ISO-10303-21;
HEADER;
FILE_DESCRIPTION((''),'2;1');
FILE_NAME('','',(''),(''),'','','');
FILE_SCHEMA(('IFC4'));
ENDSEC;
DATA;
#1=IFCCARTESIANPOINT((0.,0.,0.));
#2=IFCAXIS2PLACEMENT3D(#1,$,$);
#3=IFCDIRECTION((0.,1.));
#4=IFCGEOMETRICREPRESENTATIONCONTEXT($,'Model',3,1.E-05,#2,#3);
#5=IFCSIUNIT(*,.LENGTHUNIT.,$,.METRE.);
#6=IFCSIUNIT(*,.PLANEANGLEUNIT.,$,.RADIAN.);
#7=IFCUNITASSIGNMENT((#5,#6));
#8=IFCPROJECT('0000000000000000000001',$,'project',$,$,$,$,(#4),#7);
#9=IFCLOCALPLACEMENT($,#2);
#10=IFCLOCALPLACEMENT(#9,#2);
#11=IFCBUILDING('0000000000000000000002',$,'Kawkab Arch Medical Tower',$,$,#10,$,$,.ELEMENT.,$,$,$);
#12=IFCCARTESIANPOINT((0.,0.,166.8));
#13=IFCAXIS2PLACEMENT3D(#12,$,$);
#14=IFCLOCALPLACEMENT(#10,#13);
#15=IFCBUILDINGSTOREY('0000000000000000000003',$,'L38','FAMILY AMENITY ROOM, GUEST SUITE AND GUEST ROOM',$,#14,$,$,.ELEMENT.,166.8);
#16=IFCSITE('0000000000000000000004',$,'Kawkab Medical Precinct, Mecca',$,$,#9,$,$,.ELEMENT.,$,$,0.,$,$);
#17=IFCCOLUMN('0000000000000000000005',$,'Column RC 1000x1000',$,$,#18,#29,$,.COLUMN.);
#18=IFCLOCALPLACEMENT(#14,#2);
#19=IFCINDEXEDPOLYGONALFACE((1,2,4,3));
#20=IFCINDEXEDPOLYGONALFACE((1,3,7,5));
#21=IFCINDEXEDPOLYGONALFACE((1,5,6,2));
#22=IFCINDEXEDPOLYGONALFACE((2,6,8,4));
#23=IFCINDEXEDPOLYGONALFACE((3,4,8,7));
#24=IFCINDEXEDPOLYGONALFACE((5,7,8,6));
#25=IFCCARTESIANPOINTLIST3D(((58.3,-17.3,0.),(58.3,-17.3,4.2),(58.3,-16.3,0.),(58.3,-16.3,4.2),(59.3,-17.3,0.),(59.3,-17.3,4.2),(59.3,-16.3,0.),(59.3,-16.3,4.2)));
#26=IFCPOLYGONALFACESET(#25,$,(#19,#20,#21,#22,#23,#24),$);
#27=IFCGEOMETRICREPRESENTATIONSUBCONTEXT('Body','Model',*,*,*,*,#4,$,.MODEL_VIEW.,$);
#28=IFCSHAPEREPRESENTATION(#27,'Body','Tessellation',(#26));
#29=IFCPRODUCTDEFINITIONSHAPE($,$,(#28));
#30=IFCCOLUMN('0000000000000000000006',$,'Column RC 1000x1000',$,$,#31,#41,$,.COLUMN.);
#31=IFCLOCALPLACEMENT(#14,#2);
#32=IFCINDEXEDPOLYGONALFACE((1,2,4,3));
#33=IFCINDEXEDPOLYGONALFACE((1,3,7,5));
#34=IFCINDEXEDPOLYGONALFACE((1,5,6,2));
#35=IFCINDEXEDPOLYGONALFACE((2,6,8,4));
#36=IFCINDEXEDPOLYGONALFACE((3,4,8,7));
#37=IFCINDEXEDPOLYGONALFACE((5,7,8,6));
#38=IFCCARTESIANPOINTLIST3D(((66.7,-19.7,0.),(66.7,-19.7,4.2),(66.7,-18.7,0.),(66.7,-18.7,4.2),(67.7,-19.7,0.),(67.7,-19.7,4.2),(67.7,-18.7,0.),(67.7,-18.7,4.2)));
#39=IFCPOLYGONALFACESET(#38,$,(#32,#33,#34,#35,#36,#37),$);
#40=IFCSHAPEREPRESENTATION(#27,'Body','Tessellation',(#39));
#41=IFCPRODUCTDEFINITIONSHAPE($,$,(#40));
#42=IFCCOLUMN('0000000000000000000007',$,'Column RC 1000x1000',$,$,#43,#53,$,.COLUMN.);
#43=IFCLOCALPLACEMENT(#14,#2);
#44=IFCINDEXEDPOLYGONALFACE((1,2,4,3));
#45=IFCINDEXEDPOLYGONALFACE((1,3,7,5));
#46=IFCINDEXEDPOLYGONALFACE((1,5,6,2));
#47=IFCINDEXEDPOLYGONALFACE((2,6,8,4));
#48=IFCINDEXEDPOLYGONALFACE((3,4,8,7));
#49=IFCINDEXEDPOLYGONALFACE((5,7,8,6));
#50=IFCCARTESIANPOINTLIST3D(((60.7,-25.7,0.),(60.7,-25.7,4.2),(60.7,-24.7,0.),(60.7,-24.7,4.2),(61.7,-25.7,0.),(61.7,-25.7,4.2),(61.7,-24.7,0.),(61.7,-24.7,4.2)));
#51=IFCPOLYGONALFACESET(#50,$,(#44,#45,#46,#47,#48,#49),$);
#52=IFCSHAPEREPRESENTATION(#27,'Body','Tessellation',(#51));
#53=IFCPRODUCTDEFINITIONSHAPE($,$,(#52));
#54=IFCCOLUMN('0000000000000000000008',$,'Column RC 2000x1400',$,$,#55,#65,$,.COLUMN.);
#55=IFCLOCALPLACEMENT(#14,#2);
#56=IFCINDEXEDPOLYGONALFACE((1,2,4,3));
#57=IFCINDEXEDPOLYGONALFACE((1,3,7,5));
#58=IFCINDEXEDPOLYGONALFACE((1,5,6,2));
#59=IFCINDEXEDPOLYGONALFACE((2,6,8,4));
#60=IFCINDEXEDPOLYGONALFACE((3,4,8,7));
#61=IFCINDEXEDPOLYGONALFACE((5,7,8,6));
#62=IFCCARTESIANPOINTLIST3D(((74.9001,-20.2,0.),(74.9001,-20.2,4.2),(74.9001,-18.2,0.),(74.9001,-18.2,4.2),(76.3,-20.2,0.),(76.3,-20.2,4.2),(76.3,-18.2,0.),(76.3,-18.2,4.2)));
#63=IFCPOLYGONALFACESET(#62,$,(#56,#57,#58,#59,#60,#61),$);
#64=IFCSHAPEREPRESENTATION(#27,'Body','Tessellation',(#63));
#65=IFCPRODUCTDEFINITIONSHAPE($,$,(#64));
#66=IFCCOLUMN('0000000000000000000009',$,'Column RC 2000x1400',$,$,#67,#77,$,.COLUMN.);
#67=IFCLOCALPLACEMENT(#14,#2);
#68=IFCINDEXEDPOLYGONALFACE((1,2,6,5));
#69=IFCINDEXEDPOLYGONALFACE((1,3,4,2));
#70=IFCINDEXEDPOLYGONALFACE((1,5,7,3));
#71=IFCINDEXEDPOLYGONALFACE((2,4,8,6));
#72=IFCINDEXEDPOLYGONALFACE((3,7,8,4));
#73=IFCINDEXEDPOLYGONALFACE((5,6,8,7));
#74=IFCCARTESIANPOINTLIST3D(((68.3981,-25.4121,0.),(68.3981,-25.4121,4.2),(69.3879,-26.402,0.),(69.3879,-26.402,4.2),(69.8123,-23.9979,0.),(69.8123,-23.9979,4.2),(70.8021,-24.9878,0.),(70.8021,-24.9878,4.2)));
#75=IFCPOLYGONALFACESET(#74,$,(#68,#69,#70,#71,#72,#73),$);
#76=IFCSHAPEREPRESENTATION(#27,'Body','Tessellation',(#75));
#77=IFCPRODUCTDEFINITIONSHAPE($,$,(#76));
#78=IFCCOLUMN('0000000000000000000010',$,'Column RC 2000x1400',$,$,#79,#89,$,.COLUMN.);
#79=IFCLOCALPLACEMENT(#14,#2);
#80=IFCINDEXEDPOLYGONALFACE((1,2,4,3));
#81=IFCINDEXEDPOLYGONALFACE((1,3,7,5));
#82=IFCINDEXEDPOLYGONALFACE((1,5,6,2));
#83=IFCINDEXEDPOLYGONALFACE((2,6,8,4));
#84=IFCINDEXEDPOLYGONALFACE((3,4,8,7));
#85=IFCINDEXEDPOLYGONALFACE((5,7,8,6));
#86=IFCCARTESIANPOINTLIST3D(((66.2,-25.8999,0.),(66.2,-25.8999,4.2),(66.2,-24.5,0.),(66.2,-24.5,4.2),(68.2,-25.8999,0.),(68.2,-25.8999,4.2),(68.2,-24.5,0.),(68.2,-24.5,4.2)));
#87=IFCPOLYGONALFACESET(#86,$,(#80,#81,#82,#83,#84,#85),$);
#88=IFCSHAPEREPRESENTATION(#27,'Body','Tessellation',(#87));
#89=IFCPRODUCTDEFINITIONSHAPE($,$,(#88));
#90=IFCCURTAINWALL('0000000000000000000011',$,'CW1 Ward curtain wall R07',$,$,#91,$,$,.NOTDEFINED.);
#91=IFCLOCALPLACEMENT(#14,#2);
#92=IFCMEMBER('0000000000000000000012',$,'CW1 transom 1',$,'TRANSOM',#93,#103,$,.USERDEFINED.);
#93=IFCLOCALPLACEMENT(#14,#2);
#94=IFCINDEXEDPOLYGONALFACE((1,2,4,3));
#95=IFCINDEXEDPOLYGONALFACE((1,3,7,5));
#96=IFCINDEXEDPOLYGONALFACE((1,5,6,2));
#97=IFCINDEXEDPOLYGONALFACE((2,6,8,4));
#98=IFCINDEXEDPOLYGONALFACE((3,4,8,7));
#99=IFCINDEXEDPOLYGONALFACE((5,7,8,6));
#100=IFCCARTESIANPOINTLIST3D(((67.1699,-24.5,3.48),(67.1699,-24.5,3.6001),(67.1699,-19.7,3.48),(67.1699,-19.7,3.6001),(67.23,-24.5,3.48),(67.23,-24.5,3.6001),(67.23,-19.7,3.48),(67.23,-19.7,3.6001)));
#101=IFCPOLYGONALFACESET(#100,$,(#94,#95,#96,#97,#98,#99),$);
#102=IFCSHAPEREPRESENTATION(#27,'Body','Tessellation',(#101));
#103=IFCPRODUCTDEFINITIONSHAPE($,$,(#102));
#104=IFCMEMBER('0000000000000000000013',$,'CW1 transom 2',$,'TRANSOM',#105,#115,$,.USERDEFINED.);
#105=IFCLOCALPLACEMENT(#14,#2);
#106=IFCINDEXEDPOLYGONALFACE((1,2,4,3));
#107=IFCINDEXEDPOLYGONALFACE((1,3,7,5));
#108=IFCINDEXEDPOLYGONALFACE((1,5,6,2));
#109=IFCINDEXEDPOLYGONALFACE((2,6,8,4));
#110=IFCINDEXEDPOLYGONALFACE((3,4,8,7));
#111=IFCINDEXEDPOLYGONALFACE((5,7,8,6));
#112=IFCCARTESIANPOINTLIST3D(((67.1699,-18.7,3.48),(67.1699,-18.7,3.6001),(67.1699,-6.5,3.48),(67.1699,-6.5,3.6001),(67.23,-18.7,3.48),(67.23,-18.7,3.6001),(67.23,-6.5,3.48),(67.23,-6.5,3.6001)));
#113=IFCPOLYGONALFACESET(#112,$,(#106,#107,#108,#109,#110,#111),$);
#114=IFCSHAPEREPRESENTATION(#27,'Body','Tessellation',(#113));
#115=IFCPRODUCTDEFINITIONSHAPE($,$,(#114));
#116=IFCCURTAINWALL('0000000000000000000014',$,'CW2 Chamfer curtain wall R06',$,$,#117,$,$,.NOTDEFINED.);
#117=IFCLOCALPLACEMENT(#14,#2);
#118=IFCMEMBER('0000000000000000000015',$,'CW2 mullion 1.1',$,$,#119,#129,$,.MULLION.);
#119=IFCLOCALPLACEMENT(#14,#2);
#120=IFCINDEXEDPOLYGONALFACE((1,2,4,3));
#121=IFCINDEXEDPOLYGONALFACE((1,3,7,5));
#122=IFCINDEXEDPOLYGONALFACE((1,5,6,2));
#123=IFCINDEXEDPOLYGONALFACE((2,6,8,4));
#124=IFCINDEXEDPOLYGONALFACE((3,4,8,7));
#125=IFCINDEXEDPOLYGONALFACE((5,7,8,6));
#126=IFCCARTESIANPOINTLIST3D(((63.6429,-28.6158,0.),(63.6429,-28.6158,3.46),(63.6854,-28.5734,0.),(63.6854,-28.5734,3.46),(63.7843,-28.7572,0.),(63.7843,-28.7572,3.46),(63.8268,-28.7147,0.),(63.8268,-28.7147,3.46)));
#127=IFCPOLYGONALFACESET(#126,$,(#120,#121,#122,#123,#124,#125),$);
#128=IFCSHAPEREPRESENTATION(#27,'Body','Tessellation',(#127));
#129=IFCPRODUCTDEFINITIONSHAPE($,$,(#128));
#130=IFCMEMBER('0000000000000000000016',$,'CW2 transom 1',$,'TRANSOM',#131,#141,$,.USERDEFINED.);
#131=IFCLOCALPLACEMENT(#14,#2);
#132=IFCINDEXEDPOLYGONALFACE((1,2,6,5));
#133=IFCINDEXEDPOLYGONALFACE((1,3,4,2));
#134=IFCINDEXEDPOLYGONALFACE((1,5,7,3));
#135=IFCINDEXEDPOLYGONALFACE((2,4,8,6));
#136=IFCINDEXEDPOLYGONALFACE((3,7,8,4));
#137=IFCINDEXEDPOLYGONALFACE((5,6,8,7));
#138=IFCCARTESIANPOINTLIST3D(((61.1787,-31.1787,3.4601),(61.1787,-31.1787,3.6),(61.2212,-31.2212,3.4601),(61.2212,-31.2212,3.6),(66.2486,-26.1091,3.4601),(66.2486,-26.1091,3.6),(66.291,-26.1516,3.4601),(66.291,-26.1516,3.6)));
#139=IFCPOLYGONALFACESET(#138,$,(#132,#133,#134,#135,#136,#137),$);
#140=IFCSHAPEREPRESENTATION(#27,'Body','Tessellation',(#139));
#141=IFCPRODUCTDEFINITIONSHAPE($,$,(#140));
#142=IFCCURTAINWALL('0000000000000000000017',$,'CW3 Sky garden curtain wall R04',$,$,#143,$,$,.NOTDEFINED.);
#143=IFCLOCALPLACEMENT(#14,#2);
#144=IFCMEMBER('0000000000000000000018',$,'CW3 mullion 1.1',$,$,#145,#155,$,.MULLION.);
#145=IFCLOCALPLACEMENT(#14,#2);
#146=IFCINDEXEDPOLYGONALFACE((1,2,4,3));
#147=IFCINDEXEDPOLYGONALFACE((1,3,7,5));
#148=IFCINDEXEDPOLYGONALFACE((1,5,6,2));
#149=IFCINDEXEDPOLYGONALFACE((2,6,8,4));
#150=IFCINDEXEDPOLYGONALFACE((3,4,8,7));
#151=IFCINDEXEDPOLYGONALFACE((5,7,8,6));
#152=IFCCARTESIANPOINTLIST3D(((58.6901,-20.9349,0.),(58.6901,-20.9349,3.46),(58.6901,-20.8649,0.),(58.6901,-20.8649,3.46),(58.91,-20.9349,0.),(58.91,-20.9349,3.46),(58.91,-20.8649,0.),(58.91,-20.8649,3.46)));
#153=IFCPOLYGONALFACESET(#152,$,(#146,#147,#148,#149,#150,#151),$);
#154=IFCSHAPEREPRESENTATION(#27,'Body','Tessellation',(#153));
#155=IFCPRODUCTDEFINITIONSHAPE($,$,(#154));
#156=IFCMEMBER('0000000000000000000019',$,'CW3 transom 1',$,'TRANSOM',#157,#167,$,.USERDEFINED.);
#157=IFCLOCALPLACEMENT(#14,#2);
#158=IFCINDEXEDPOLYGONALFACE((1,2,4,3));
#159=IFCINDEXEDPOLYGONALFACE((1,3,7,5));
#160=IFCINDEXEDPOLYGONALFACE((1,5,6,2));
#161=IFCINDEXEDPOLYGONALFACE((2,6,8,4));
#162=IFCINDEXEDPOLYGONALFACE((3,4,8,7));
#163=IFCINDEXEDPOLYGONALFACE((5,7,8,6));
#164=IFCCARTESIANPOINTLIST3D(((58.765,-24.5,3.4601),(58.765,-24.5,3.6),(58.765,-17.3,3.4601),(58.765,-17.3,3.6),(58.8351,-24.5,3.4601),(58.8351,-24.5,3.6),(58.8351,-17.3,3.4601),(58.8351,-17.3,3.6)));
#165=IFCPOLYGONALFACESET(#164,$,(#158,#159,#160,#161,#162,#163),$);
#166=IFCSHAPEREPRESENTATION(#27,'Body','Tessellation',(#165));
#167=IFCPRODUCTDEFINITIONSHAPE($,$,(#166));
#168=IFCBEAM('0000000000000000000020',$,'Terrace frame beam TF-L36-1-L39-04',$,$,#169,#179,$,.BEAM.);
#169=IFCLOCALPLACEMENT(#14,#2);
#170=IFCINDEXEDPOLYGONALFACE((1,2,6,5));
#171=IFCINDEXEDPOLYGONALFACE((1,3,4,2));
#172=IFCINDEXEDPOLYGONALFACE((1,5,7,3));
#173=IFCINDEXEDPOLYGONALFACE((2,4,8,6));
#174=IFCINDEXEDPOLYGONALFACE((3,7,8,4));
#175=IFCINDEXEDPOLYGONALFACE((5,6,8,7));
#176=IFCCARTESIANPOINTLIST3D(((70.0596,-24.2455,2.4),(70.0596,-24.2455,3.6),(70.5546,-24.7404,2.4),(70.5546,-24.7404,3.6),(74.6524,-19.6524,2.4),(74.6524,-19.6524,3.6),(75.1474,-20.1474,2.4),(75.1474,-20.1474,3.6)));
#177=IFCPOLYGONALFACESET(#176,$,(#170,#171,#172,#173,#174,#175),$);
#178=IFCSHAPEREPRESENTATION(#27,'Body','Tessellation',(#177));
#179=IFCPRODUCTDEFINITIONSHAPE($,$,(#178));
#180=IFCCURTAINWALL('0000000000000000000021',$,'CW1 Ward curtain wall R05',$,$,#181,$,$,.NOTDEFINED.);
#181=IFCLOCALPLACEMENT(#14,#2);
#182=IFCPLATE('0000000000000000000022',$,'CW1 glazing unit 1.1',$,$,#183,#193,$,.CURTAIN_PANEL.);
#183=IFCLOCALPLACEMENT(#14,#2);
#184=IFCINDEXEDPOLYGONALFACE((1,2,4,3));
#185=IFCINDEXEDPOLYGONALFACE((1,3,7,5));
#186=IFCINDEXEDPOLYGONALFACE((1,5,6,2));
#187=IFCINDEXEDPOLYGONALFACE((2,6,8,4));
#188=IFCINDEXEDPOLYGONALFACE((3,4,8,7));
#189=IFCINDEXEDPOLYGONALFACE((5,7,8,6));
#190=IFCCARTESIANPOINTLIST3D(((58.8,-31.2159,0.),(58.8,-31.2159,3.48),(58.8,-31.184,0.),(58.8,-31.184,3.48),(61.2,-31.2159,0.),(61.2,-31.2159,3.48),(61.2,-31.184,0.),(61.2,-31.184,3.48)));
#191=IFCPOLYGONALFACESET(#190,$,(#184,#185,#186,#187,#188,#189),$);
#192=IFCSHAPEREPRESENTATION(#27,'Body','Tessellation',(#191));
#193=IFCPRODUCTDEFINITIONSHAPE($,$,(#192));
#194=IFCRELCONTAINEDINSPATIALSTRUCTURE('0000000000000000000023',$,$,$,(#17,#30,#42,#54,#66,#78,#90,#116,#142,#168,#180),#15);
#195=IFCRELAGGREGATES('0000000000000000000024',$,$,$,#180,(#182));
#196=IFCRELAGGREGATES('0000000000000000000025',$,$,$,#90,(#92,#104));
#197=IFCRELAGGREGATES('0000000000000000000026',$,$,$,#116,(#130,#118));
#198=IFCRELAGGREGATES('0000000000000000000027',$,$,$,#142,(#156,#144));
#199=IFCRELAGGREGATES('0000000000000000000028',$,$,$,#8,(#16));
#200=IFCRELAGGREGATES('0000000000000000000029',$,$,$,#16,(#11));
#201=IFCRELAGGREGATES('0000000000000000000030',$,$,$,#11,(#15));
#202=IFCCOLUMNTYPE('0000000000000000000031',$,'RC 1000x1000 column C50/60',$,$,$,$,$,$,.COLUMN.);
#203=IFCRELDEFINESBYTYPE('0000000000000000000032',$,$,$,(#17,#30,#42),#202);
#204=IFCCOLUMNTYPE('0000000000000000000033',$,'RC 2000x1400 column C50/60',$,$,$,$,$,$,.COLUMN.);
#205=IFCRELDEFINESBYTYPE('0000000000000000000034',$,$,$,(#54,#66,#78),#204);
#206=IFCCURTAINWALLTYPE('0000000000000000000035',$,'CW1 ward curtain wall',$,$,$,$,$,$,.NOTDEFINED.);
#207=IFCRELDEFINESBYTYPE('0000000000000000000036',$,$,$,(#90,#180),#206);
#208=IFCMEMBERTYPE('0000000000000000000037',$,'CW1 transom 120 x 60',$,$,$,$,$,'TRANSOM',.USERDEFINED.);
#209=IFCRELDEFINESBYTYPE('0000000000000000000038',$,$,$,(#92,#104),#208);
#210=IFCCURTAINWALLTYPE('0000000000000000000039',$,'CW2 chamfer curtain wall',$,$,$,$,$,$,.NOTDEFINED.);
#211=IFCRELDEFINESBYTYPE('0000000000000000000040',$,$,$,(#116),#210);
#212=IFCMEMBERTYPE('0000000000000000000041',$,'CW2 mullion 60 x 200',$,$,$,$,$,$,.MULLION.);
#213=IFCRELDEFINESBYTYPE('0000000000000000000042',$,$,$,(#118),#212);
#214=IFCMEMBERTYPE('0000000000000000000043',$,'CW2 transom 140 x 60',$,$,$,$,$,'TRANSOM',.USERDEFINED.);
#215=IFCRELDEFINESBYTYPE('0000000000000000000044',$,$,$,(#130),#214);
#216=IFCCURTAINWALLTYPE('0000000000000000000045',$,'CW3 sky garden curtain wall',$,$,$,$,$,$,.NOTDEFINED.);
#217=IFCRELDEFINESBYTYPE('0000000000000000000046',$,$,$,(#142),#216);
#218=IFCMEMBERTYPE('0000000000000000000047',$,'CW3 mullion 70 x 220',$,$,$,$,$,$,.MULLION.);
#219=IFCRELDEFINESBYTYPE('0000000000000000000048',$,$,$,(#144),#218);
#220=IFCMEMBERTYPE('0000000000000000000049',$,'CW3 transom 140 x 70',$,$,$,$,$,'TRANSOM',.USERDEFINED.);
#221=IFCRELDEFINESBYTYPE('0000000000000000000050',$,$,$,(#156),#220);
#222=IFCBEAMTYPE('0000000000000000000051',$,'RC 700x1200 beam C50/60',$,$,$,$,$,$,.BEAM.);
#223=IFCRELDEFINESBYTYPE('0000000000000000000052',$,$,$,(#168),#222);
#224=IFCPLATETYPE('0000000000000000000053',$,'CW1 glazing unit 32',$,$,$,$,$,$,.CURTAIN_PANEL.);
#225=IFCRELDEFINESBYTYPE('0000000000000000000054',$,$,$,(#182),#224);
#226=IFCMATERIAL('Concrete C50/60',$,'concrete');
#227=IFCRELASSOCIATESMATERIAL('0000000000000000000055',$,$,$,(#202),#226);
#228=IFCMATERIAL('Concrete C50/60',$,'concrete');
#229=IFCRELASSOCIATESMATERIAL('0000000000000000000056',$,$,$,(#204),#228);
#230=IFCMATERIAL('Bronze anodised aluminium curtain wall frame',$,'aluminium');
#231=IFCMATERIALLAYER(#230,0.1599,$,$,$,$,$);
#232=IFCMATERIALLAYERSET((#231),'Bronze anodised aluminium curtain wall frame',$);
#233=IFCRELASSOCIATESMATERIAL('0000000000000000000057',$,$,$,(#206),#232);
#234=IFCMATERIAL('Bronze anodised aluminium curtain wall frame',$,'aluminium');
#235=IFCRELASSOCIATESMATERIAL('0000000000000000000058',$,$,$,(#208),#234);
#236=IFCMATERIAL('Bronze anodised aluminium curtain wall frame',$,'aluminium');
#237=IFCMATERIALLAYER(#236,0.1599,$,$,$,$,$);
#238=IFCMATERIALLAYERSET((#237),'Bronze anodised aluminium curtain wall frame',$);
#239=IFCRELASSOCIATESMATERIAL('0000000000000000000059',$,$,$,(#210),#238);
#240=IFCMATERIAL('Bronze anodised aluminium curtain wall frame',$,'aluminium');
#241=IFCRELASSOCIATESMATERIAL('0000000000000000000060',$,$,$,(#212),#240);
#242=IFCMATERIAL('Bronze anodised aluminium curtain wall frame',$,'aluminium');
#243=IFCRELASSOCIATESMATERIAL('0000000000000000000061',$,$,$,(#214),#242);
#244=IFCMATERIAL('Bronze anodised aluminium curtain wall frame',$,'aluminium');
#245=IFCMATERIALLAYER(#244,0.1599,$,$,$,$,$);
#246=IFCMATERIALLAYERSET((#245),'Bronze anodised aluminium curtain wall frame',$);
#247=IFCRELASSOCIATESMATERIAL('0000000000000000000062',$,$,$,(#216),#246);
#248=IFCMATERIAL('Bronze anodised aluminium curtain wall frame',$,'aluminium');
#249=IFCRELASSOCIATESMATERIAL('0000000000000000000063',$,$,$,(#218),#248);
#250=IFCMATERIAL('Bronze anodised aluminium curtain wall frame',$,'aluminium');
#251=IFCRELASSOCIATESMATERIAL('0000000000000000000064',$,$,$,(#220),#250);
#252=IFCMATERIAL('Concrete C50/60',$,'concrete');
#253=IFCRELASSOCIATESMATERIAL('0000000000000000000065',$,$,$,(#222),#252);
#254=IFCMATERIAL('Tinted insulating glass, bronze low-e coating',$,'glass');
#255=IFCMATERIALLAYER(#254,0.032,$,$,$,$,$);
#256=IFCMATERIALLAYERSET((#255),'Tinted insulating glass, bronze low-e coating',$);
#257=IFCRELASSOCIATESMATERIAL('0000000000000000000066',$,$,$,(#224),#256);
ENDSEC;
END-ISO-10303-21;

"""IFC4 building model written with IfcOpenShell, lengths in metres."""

from ifc_helpers import new_model, si_unit, direction, frame, origin, origin_2d, place, context, subcontext, project, spatial, rectangle, extrude, material, layer, layer_set, material_profile, profile_set, type_object, element, aggregate, save


model = new_model("IFC4")

# Units and contexts
model_context = context("Model", 3, precision=1e-05, world=origin(), true_north=direction((0.0, 1.0)))
body_context = subcontext(model_context, "Body", "Model", "MODEL_VIEW")
ifc_project = project(units=[si_unit("LENGTHUNIT", "METRE"), si_unit("PLANEANGLEUNIT", "RADIAN")], contexts=[model_context])

# Site, building, storey
site_placement = place(None, origin())
site = spatial("IfcSite", under=ifc_project, at=site_placement, Name="Kawkab Medical Precinct, Mecca", CompositionType="ELEMENT", RefElevation=0.0)
building_placement = place(site_placement, origin())
building = spatial("IfcBuilding", under=site, at=building_placement, Name="Kawkab Arch Medical Tower", CompositionType="ELEMENT")
storey_placement = place(building_placement, frame((0.0, 0.0, 166.8)))
storey = spatial("IfcBuildingStorey", under=building, at=storey_placement, Name="L38", Description="FAMILY AMENITY ROOM, GUEST SUITE AND GUEST ROOM", CompositionType="ELEMENT", Elevation=166.8)

# Columns
ifc_material_1 = material(Name="Concrete C50/60", Category="concrete")
ifc_material_profile_1 = material_profile(ifc_material_1, rectangle(XDim=1.0, YDim=1.0, at=origin_2d()), Name="RC 1000x1000")
ifc_profile_set_1 = profile_set([ifc_material_profile_1], Name="Concrete C50/60")
column_type_1 = type_object("IfcColumnType", Name="RC 1000x1000 column C50/60", PredefinedType="COLUMN", material=ifc_profile_set_1)
for number, where, z_axis, x_axis, name in (
    (1, (58.8, -16.8, 0.0), (0.0, 0.0, 1.0), (1.0, 0.0, 0.0), "Column RC 1000x1000"),
    (2, (67.2, -19.2, 0.0), (0.0, 0.0, 1.0), (1.0, 0.0, 0.0), "Column RC 1000x1000"),
    (3, (61.2, -25.2, 0.0), (0.0, 0.0, 1.0), (1.0, 0.0, 0.0), "Column RC 1000x1000"),
):
    element("IfcColumn", number, at=place(storey_placement, frame(where, z_axis=z_axis, x_axis=x_axis)), inside=storey, type_object=column_type_1, Name=name, PredefinedType="COLUMN", context=body_context, shape_type="SweptSolid", body=[
        extrude(rectangle(XDim=1.0, YDim=1.0, at=origin_2d()), origin(), (0.0, 0.0, 1.0), 4.2),
    ])
ifc_material_2 = material(Name="Concrete C50/60", Category="concrete")
ifc_material_profile_2 = material_profile(ifc_material_2, rectangle(XDim=2.0, YDim=1.3999, at=origin_2d()), Name="RC 2000x1400")
ifc_profile_set_2 = profile_set([ifc_material_profile_2], Name="Concrete C50/60")
column_type_2 = type_object("IfcColumnType", Name="RC 2000x1400 column C50/60", PredefinedType="COLUMN", material=ifc_profile_set_2)
for number, where, z_axis, x_axis, name in (
    (4, (75.6001, -19.2, 0.0), (0.0, 0.0, 1.0), (0.0, -1.0, 0.0), "Column RC 2000x1400"),
    (5, (69.6001, -25.2, 0.0), (0.0, 0.0, 1.0), (-0.707107, -0.707107, 0.0), "Column RC 2000x1400"),
    (6, (67.2, -25.2, 0.0), (0.0, 0.0, 1.0), (-1.0, 0.0, 0.0), "Column RC 2000x1400"),
):
    element("IfcColumn", number, at=place(storey_placement, frame(where, z_axis=z_axis, x_axis=x_axis)), inside=storey, type_object=column_type_2, Name=name, PredefinedType="COLUMN", context=body_context, shape_type="SweptSolid", body=[
        extrude(rectangle(XDim=2.0, YDim=1.3999, at=origin_2d()), origin(), (0.0, 0.0, 1.0), 4.2),
    ])

# Curtain walls, members
ifc_material_3 = material(Name="Bronze anodised aluminium curtain wall frame", Category="aluminium")
ifc_layer_1 = layer(ifc_material_3, 0.1599)
ifc_layer_set_1 = layer_set([ifc_layer_1], Name="Bronze anodised aluminium curtain wall frame")
curtain_wall_type_1 = type_object("IfcCurtainWallType", Name="CW1 ward curtain wall", PredefinedType="NOTDEFINED", material=ifc_layer_set_1)
placement = place(storey_placement, origin())
curtain_wall_1 = element("IfcCurtainWall", 7, at=placement, inside=storey, type_object=curtain_wall_type_1, Name="CW1 Ward curtain wall R07", PredefinedType="NOTDEFINED")
ifc_material_4 = material(Name="Bronze anodised aluminium curtain wall frame", Category="aluminium")
ifc_material_profile_3 = material_profile(ifc_material_4, rectangle(XDim=0.0601, YDim=0.1201, at=origin_2d()), Name="AL 60x120")
ifc_profile_set_3 = profile_set([ifc_material_profile_3], Name="Bronze anodised aluminium curtain wall frame")
member_type_1 = type_object("IfcMemberType", Name="CW1 transom 120 x 60", ElementType="TRANSOM", PredefinedType="USERDEFINED", material=ifc_profile_set_3)
member_1_placement = place(storey_placement, frame((67.2, -24.5, 3.54), z_axis=(0.0, 1.0, 0.0), x_axis=(-1.0, 0.0, 0.0)))
member_1 = element("IfcMember", 8, at=member_1_placement, type_object=member_type_1, Name="CW1 transom 1", ObjectType="TRANSOM", PredefinedType="USERDEFINED", context=body_context, shape_type="SweptSolid", body=[
    extrude(rectangle(XDim=0.0601, YDim=0.1201, at=origin_2d()), origin(), (0.0, 0.0, 1.0), 4.8),
])
member_2_placement = place(storey_placement, frame((67.2, -18.7, 3.54), z_axis=(0.0, 1.0, 0.0), x_axis=(-1.0, 0.0, 0.0)))
member_2 = element("IfcMember", 9, at=member_2_placement, type_object=member_type_1, Name="CW1 transom 2", ObjectType="TRANSOM", PredefinedType="USERDEFINED", context=body_context, shape_type="SweptSolid", body=[
    extrude(rectangle(XDim=0.0601, YDim=0.1201, at=origin_2d()), origin(), (0.0, 0.0, 1.0), 12.2),
])
ifc_material_5 = material(Name="Bronze anodised aluminium curtain wall frame", Category="aluminium")
ifc_layer_2 = layer(ifc_material_5, 0.1599)
ifc_layer_set_2 = layer_set([ifc_layer_2], Name="Bronze anodised aluminium curtain wall frame")
curtain_wall_type_2 = type_object("IfcCurtainWallType", Name="CW2 chamfer curtain wall", PredefinedType="NOTDEFINED", material=ifc_layer_set_2)
curtain_wall_2 = element("IfcCurtainWall", 10, at=placement, inside=storey, type_object=curtain_wall_type_2, Name="CW2 Chamfer curtain wall R06", PredefinedType="NOTDEFINED")
ifc_material_6 = material(Name="Bronze anodised aluminium curtain wall frame", Category="aluminium")
ifc_material_profile_4 = material_profile(ifc_material_6, rectangle(XDim=0.2, YDim=0.0601, at=origin_2d()), Name="AL 60x200")
ifc_profile_set_4 = profile_set([ifc_material_profile_4], Name="Bronze anodised aluminium curtain wall frame")
member_type_2 = type_object("IfcMemberType", Name="CW2 mullion 60 x 200", PredefinedType="MULLION", material=ifc_profile_set_4)
member_3_placement = place(storey_placement, frame((63.7349, -28.6653, 0.0), z_axis=(0.0, 0.0, 1.0), x_axis=(-0.707107, 0.707107, 0.0)))
member_3 = element("IfcMember", 11, at=member_3_placement, type_object=member_type_2, Name="CW2 mullion 1.1", PredefinedType="MULLION", context=body_context, shape_type="SweptSolid", body=[
    extrude(rectangle(XDim=0.2, YDim=0.0601, at=origin_2d()), origin(), (0.0, 0.0, 1.0), 3.46),
])
ifc_material_7 = material(Name="Bronze anodised aluminium curtain wall frame", Category="aluminium")
ifc_material_profile_5 = material_profile(ifc_material_7, rectangle(XDim=0.0601, YDim=0.1399, at=origin_2d()), Name="AL 60x140")
ifc_profile_set_5 = profile_set([ifc_material_profile_5], Name="Bronze anodised aluminium curtain wall frame")
member_type_3 = type_object("IfcMemberType", Name="CW2 transom 140 x 60", ElementType="TRANSOM", PredefinedType="USERDEFINED", material=ifc_profile_set_5)
member_4_placement = place(storey_placement, frame((61.2, -31.2, 3.53), z_axis=(0.707124, 0.70709, 0.0), x_axis=(-0.70709, 0.707124, 0.0)))
member_4 = element("IfcMember", 12, at=member_4_placement, type_object=member_type_3, Name="CW2 transom 1", ObjectType="TRANSOM", PredefinedType="USERDEFINED", context=body_context, shape_type="SweptSolid", body=[
    extrude(rectangle(XDim=0.0601, YDim=0.1399, at=origin_2d()), origin(), (0.0, 0.0, 1.0), 7.1697),
])
ifc_material_8 = material(Name="Bronze anodised aluminium curtain wall frame", Category="aluminium")
ifc_layer_3 = layer(ifc_material_8, 0.1599)
ifc_layer_set_3 = layer_set([ifc_layer_3], Name="Bronze anodised aluminium curtain wall frame")
curtain_wall_type_3 = type_object("IfcCurtainWallType", Name="CW3 sky garden curtain wall", PredefinedType="NOTDEFINED", material=ifc_layer_set_3)
curtain_wall_3 = element("IfcCurtainWall", 13, at=placement, inside=storey, type_object=curtain_wall_type_3, Name="CW3 Sky garden curtain wall R04", PredefinedType="NOTDEFINED")
ifc_material_9 = material(Name="Bronze anodised aluminium curtain wall frame", Category="aluminium")
ifc_material_profile_6 = material_profile(ifc_material_9, rectangle(XDim=0.22, YDim=0.0701, at=origin_2d()), Name="AL 70x220")
ifc_profile_set_6 = profile_set([ifc_material_profile_6], Name="Bronze anodised aluminium curtain wall frame")
member_type_4 = type_object("IfcMemberType", Name="CW3 mullion 70 x 220", PredefinedType="MULLION", material=ifc_profile_set_6)
member_5_placement = place(storey_placement, frame((58.8, -20.8999, 0.0), z_axis=(0.0, 0.0, 1.0), x_axis=(1.0, 0.0, 0.0)))
member_5 = element("IfcMember", 14, at=member_5_placement, type_object=member_type_4, Name="CW3 mullion 1.1", PredefinedType="MULLION", context=body_context, shape_type="SweptSolid", body=[
    extrude(rectangle(XDim=0.22, YDim=0.0701, at=origin_2d()), origin(), (0.0, 0.0, 1.0), 3.46),
])
ifc_material_10 = material(Name="Bronze anodised aluminium curtain wall frame", Category="aluminium")
ifc_material_profile_7 = material_profile(ifc_material_10, rectangle(XDim=0.0701, YDim=0.1399, at=origin_2d()), Name="AL 70x140")
ifc_profile_set_7 = profile_set([ifc_material_profile_7], Name="Bronze anodised aluminium curtain wall frame")
member_type_5 = type_object("IfcMemberType", Name="CW3 transom 140 x 70", ElementType="TRANSOM", PredefinedType="USERDEFINED", material=ifc_profile_set_7)
member_6_placement = place(storey_placement, frame((58.8, -17.3, 3.53), z_axis=(0.0, -1.0, 0.0), x_axis=(1.0, 0.0, 0.0)))
member_6 = element("IfcMember", 15, at=member_6_placement, type_object=member_type_5, Name="CW3 transom 1", ObjectType="TRANSOM", PredefinedType="USERDEFINED", context=body_context, shape_type="SweptSolid", body=[
    extrude(rectangle(XDim=0.0701, YDim=0.1399, at=origin_2d()), origin(), (0.0, 0.0, 1.0), 7.2),
])

# Beam
ifc_material_11 = material(Name="Concrete C50/60", Category="concrete")
ifc_material_profile_8 = material_profile(ifc_material_11, rectangle(XDim=0.7, YDim=1.2, at=origin_2d()), Name="RC 700x1200")
ifc_profile_set_8 = profile_set([ifc_material_profile_8], Name="Concrete C50/60")
beam_type = type_object("IfcBeamType", Name="RC 700x1200 beam C50/60", PredefinedType="BEAM", material=ifc_profile_set_8)
beam_placement = place(storey_placement, frame((74.8999, -19.8999, 3.0), z_axis=(-0.707088, -0.707126, 0.0), x_axis=(0.707126, -0.707088, 0.0)))
element("IfcBeam", 16, at=beam_placement, inside=storey, type_object=beam_type, Name="Terrace frame beam TF-L36-1-L39-04", PredefinedType="BEAM", context=body_context, shape_type="SweptSolid", body=[
    extrude(rectangle(XDim=0.7, YDim=1.2, at=origin_2d()), origin(), (0.0, 0.0, 1.0), 6.4954),
])

# Curtain wall, plate
curtain_wall_4 = element("IfcCurtainWall", 17, at=placement, inside=storey, type_object=curtain_wall_type_1, Name="CW1 Ward curtain wall R05", PredefinedType="NOTDEFINED")
ifc_material_12 = material(Name="Tinted insulating glass, bronze low-e coating", Category="glass")
ifc_layer_4 = layer(ifc_material_12, 0.032)
ifc_layer_set_4 = layer_set([ifc_layer_4], Name="Tinted insulating glass, bronze low-e coating")
plate_type_1 = type_object("IfcPlateType", Name="CW1 glazing unit 32", PredefinedType="CURTAIN_PANEL", material=ifc_layer_set_4)
plate_1_placement = place(storey_placement, frame((60.0, -31.2, 0.0), z_axis=(0.0, 0.0, 1.0), x_axis=(1.0, 0.0, 0.0)))
plate_1 = element("IfcPlate", 18, at=plate_1_placement, type_object=plate_type_1, Name="CW1 glazing unit 1.1", PredefinedType="CURTAIN_PANEL", context=body_context, shape_type="SweptSolid", body=[
    extrude(rectangle(XDim=2.3999, YDim=0.032, at=origin_2d()), origin(), (0.0, 0.0, 1.0), 3.48),
])
aggregate(curtain_wall_4, [plate_1])

aggregate(curtain_wall_1, [member_1, member_2])
aggregate(curtain_wall_2, [member_4, member_3])
aggregate(curtain_wall_3, [member_6, member_5])

save(model, "model.ifc")
